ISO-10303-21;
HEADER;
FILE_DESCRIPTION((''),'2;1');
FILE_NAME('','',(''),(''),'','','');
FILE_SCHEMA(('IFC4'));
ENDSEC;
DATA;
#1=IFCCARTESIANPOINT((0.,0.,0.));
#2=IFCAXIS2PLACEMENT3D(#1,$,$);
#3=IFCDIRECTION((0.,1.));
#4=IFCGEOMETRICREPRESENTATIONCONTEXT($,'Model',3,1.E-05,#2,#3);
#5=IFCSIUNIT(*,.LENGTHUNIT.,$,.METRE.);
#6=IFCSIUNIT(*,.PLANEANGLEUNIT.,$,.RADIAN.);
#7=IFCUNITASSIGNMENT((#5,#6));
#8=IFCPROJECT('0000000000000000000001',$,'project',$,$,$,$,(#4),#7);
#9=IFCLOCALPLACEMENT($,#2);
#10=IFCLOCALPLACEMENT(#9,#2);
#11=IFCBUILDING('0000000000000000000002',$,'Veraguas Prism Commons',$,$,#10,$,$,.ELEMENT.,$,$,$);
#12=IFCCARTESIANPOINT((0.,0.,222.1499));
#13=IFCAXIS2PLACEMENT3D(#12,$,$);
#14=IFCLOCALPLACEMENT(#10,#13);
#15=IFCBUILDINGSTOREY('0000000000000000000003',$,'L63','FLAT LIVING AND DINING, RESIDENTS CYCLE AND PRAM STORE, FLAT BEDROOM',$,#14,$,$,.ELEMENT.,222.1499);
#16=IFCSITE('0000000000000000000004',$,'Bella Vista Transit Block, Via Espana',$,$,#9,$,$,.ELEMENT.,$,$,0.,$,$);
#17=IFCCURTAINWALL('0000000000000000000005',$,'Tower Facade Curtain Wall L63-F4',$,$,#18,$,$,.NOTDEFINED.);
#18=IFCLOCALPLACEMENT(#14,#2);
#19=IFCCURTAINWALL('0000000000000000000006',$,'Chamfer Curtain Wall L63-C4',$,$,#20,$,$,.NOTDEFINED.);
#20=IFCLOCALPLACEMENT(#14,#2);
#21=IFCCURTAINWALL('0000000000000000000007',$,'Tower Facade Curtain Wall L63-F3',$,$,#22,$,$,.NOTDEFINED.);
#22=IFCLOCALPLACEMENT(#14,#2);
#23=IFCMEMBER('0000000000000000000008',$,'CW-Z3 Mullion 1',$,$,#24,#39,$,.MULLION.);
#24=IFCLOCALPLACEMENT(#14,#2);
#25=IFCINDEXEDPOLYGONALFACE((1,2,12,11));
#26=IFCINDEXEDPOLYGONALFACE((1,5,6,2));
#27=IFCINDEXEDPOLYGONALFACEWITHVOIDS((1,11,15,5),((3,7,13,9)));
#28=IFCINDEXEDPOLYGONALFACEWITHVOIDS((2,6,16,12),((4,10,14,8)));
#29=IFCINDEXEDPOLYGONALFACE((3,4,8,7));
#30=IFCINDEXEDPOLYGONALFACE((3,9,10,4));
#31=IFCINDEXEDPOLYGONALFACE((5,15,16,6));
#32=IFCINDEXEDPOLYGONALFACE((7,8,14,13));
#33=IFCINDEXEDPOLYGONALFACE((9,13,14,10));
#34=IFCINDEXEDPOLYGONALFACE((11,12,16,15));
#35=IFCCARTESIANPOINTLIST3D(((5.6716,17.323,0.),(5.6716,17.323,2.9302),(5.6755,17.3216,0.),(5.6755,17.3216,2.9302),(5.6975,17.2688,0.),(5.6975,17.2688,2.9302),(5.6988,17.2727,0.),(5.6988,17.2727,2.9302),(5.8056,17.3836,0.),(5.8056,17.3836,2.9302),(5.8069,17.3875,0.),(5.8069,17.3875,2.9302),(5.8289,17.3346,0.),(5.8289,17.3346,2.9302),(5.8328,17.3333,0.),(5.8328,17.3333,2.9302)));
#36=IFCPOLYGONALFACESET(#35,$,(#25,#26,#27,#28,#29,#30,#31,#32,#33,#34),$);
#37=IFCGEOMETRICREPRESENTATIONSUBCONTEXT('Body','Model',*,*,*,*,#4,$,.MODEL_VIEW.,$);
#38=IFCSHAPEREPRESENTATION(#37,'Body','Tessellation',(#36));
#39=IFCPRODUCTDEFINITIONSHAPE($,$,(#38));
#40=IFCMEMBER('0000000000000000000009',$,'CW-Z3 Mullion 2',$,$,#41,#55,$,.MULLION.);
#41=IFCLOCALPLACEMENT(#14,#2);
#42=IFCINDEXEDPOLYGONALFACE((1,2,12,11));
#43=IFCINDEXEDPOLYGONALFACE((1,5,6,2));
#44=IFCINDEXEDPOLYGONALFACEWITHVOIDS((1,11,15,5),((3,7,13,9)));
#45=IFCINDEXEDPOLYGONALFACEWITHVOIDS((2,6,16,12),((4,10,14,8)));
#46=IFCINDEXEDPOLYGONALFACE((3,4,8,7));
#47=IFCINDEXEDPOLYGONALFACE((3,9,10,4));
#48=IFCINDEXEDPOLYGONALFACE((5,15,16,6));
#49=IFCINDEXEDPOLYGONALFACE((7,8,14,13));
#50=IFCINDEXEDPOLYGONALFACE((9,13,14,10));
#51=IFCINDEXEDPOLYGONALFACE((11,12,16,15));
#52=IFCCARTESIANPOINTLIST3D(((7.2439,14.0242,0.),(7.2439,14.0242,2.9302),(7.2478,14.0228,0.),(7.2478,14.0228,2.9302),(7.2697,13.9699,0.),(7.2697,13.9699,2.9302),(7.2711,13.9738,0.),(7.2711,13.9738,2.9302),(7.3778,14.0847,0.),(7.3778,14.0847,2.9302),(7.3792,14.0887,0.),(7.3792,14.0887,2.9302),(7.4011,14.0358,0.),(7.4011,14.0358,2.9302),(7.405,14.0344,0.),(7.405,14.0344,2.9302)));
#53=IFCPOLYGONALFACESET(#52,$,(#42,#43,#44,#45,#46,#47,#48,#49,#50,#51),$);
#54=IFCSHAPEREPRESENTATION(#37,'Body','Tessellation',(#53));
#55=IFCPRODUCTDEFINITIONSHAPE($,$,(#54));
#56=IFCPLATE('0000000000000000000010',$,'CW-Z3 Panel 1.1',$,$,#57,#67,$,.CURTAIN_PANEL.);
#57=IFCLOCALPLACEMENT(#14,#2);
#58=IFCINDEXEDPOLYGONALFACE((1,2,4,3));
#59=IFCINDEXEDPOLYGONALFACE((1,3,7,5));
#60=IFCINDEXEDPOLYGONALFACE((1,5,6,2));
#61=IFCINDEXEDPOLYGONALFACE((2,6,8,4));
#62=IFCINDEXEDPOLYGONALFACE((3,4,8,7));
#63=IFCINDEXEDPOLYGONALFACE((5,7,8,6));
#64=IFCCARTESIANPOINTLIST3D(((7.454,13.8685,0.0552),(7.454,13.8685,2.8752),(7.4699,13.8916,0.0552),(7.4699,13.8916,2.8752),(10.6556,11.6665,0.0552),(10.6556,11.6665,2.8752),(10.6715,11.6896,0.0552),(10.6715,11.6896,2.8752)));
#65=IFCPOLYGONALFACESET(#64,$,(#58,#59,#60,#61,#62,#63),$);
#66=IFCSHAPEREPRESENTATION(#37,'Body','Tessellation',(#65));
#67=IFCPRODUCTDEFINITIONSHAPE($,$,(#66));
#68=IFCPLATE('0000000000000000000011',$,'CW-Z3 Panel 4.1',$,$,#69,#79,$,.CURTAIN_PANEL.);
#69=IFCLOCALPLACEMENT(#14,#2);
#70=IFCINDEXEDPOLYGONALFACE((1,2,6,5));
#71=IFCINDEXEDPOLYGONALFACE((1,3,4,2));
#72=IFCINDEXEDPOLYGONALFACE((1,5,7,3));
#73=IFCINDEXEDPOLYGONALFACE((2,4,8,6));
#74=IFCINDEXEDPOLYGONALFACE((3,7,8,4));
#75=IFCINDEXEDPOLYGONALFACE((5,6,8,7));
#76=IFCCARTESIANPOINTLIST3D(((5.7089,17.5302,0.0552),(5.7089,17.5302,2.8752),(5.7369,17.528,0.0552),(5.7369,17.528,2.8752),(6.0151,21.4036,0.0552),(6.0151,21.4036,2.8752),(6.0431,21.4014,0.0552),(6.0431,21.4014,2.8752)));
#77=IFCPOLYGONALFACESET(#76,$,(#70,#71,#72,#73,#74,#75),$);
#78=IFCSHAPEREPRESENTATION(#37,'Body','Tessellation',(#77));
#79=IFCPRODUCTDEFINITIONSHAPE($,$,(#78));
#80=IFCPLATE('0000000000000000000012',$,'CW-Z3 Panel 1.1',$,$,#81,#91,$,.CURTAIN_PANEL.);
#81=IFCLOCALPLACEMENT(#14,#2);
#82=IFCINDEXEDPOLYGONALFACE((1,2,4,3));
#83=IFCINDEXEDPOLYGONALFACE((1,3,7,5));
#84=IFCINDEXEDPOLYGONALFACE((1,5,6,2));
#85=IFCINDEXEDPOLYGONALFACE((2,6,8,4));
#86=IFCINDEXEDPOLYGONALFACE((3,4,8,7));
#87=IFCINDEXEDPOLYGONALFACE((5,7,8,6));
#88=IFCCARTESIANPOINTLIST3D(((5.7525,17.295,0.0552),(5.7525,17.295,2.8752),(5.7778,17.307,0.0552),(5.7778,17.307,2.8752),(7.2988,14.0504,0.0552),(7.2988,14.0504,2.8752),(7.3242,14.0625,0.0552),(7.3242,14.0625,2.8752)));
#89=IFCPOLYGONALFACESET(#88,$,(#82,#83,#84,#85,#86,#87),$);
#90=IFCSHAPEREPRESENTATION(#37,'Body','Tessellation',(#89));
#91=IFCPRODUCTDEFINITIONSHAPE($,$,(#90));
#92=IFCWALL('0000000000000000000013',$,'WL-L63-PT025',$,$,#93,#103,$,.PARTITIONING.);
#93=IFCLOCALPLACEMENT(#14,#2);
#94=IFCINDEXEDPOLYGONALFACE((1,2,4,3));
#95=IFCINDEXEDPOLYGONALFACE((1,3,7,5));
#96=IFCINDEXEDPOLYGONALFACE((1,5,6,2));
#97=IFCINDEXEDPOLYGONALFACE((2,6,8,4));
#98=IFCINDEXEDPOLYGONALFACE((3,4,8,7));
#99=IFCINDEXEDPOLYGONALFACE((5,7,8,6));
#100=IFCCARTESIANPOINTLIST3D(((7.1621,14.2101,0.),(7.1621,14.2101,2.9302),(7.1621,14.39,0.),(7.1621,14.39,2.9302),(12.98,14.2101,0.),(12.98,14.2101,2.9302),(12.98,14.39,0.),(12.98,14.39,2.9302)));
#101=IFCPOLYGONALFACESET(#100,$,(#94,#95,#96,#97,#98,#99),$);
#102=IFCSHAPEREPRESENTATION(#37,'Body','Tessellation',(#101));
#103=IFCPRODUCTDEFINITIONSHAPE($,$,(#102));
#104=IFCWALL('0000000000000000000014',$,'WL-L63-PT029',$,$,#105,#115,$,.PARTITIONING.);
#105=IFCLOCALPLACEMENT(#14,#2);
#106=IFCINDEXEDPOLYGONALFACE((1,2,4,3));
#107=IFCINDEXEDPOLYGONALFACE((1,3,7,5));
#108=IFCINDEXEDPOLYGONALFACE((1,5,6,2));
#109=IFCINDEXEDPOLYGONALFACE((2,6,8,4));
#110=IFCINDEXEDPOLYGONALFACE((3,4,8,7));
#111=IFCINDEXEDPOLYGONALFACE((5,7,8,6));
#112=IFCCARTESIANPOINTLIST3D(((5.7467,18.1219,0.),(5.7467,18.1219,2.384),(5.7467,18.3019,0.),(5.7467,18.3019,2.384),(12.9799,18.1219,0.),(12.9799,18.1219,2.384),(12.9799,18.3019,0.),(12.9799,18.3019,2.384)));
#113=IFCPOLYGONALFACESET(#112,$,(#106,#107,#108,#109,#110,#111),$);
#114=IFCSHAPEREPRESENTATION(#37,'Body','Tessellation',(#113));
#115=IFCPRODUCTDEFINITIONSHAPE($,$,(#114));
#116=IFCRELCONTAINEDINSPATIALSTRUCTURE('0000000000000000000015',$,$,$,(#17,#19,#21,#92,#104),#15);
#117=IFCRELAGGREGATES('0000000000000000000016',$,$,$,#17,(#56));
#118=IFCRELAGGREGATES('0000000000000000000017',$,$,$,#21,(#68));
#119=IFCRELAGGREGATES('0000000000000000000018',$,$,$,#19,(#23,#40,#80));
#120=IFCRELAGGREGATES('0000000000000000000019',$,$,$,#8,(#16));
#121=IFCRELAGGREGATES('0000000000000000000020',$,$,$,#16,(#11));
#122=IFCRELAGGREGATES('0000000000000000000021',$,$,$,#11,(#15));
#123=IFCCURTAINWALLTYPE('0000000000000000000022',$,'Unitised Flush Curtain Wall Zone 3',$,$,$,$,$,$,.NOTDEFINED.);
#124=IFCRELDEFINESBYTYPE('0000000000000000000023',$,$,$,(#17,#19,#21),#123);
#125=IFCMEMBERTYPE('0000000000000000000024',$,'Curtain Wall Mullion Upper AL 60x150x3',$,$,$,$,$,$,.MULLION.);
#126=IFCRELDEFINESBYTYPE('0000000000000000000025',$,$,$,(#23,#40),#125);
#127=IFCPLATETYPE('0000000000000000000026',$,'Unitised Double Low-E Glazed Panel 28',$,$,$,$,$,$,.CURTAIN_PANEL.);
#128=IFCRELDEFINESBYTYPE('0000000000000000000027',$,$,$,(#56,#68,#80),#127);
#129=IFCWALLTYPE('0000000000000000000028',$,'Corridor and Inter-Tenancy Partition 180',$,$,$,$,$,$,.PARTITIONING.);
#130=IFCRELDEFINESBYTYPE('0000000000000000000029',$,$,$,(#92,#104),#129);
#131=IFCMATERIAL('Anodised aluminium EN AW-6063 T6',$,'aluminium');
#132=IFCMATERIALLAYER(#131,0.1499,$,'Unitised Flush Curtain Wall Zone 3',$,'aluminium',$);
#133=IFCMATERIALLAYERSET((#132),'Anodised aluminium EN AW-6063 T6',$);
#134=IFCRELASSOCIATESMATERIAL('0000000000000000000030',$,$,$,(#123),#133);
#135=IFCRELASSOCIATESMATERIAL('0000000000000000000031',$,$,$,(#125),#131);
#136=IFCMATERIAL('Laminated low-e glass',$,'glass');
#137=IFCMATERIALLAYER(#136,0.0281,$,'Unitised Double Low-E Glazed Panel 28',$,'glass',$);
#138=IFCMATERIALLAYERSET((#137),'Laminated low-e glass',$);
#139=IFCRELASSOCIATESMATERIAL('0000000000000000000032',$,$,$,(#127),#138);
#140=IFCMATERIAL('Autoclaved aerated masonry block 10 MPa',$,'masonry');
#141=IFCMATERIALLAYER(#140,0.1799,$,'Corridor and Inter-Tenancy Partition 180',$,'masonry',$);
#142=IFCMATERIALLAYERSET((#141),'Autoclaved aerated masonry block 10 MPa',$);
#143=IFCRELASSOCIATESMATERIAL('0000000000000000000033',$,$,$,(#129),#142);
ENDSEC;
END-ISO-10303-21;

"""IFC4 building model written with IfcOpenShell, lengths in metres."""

from ifc_helpers import new_model, si_unit, direction, frame, frame_2d, origin, origin_2d, place, context, subcontext, project, spatial, rectangle, hollow_rectangle, extrude, source, transform, mapped, material, layer, layer_set, material_profile, profile_set, type_object, element, aggregate, save


model = new_model("IFC4")

# Units and contexts
model_context = context("Model", 3, precision=1e-05, world=origin(), true_north=direction((0.0, 1.0)))
body_context = subcontext(model_context, "Body", "Model", "MODEL_VIEW")
ifc_project = project(units=[si_unit("LENGTHUNIT", "METRE"), si_unit("PLANEANGLEUNIT", "RADIAN")], contexts=[model_context])

# Site, building, storey
site_placement = place(None, origin())
site = spatial("IfcSite", under=ifc_project, at=site_placement, Name="Bella Vista Transit Block, Via Espana", CompositionType="ELEMENT", RefElevation=0.0)
building_placement = place(site_placement, origin())
building = spatial("IfcBuilding", under=site, at=building_placement, Name="Veraguas Prism Commons", CompositionType="ELEMENT")
storey_placement = place(building_placement, frame((0.0, 0.0, 222.1499)))
storey = spatial("IfcBuildingStorey", under=building, at=storey_placement, Name="L63", Description="FLAT LIVING AND DINING, RESIDENTS CYCLE AND PRAM STORE, FLAT BEDROOM", CompositionType="ELEMENT", Elevation=222.1499)

# Curtain walls
ifc_material_1 = material(Name="Anodised aluminium EN AW-6063 T6", Category="aluminium")
ifc_layer_1 = layer(ifc_material_1, 0.1499, Name="Unitised Flush Curtain Wall Zone 3", Category="aluminium")
ifc_layer_set_1 = layer_set([ifc_layer_1], Name="Anodised aluminium EN AW-6063 T6")
curtain_wall_type = type_object("IfcCurtainWallType", Name="Unitised Flush Curtain Wall Zone 3", PredefinedType="NOTDEFINED", material=ifc_layer_set_1)
curtain_wall_1_placement = place(storey_placement, origin())
curtain_wall_1 = element("IfcCurtainWall", 1, at=curtain_wall_1_placement, inside=storey, type_object=curtain_wall_type, Name="Tower Facade Curtain Wall L63-F4", PredefinedType="NOTDEFINED")
curtain_wall_2_placement = place(storey_placement, origin())
curtain_wall_2 = element("IfcCurtainWall", 2, at=curtain_wall_2_placement, inside=storey, type_object=curtain_wall_type, Name="Chamfer Curtain Wall L63-C4", PredefinedType="NOTDEFINED")

# Curtain wall
curtain_wall_3_placement = place(storey_placement, origin())
curtain_wall_3 = element("IfcCurtainWall", 3, at=curtain_wall_3_placement, inside=storey, type_object=curtain_wall_type, Name="Tower Facade Curtain Wall L63-F3", PredefinedType="NOTDEFINED")
ifc_material_profile_1 = material_profile(ifc_material_1, hollow_rectangle(XDim=0.0601, YDim=0.1499, WallThickness=0.0029, at=origin_2d()), Name="AL60X150X3")
ifc_profile_set_1 = profile_set([ifc_material_profile_1], Name="Anodised aluminium EN AW-6063 T6")
member_type_1 = type_object("IfcMemberType", Name="Curtain Wall Mullion Upper AL 60x150x3", PredefinedType="MULLION", material=ifc_profile_set_1)
shared_shape_1 = source(origin(), body_context, "Body", "SweptSolid", [
    extrude(hollow_rectangle(XDim=0.0601, YDim=0.1499, WallThickness=0.0029, at=origin_2d()), origin(), (0.0, 0.0, 1.0), 2.9302),
])

# Members
member_1_placement = place(storey_placement, frame((5.7522, 17.3281, 0.0), z_axis=(0.0, 0.0, 1.0), x_axis=(0.430226, -0.902721, 0.0)))
member_1 = element("IfcMember", 4, at=member_1_placement, type_object=member_type_1, Name="CW-Z3 Mullion 1", PredefinedType="MULLION", context=body_context, shape_type="MappedRepresentation", body=[
    mapped(shared_shape_1, transform((0.0, 0.0, 0.0), scale=1.0)),
])
member_2_placement = place(storey_placement, frame((7.3245, 14.0293, 0.0), z_axis=(0.0, 0.0, 1.0), x_axis=(0.430226, -0.902721, 0.0)))
member_2 = element("IfcMember", 5, at=member_2_placement, type_object=member_type_1, Name="CW-Z3 Mullion 2", PredefinedType="MULLION", context=body_context, shape_type="MappedRepresentation", body=[
    mapped(shared_shape_1, transform((0.0, 0.0, 0.0), scale=1.0)),
])

# Plates
ifc_material_2 = material(Name="Laminated low-e glass", Category="glass")
ifc_layer_2 = layer(ifc_material_2, 0.0281, Name="Unitised Double Low-E Glazed Panel 28", Category="glass")
ifc_layer_set_2 = layer_set([ifc_layer_2], Name="Laminated low-e glass")
plate_type = type_object("IfcPlateType", Name="Unitised Double Low-E Glazed Panel 28", PredefinedType="CURTAIN_PANEL", material=ifc_layer_set_2)
shared_shape_2 = source(origin(), body_context, "Body", "SweptSolid", [
    extrude(rectangle(XDim=3.8857, YDim=0.0281, at=origin_2d()), origin(), (0.0, 0.0, 1.0), 2.8201),
])
plate_1_placement = place(storey_placement, frame((9.0627, 12.7791, 0.0552), z_axis=(0.0, 0.0, 1.0), x_axis=(0.823926, -0.566697, 0.0)))
plate_1 = element("IfcPlate", 6, at=plate_1_placement, type_object=plate_type, Name="CW-Z3 Panel 1.1", PredefinedType="CURTAIN_PANEL", context=body_context, shape_type="MappedRepresentation", body=[
    mapped(shared_shape_2, transform((0.0, 0.0, 0.0), scale=1.0)),
])
aggregate(curtain_wall_1, [plate_1])
shared_shape_3 = source(origin(), body_context, "Body", "SweptSolid", [
    extrude(rectangle(XDim=3.8855, YDim=0.0281, at=origin_2d()), origin(), (0.0, 0.0, 1.0), 2.8201),
])
plate_2_placement = place(storey_placement, frame((5.876, 19.4658, 0.0552), z_axis=(0.0, 0.0, 1.0), x_axis=(-0.078812, -0.996889, 0.0)))
plate_2 = element("IfcPlate", 7, at=plate_2_placement, type_object=plate_type, Name="CW-Z3 Panel 4.1", PredefinedType="CURTAIN_PANEL", context=body_context, shape_type="MappedRepresentation", body=[
    mapped(shared_shape_3, transform((0.0, 0.0, 0.0), scale=1.0)),
])
aggregate(curtain_wall_3, [plate_2])
shared_shape_4 = source(origin(), body_context, "Body", "SweptSolid", [
    extrude(rectangle(XDim=3.5942, YDim=0.0281, at=origin_2d()), origin(), (0.0, 0.0, 1.0), 2.8201),
])
plate_3_placement = place(storey_placement, frame((6.5383, 15.6787, 0.0552), z_axis=(0.0, 0.0, 1.0), x_axis=(0.430226, -0.902721, 0.0)))
plate_3 = element("IfcPlate", 8, at=plate_3_placement, type_object=plate_type, Name="CW-Z3 Panel 1.1", PredefinedType="CURTAIN_PANEL", context=body_context, shape_type="MappedRepresentation", body=[
    mapped(shared_shape_4, transform((0.0, 0.0, 0.0), scale=1.0)),
])
aggregate(curtain_wall_2, [member_1, member_2, plate_3])

# Walls
ifc_material_3 = material(Name="Autoclaved aerated masonry block 10 MPa", Category="masonry")
ifc_layer_3 = layer(ifc_material_3, 0.1799, Name="Corridor and Inter-Tenancy Partition 180", Category="masonry")
ifc_layer_set_3 = layer_set([ifc_layer_3], Name="Autoclaved aerated masonry block 10 MPa")
wall_type = type_object("IfcWallType", Name="Corridor and Inter-Tenancy Partition 180", PredefinedType="PARTITIONING", material=ifc_layer_set_3)
wall_1_placement = place(storey_placement, frame((12.98, 14.3, 0.0), z_axis=(0.0, 0.0, 1.0), x_axis=(-1.0, 0.0, 0.0)))
element("IfcWall", 9, at=wall_1_placement, inside=storey, type_object=wall_type, Name="WL-L63-PT025", PredefinedType="PARTITIONING", context=body_context, shape_type="SweptSolid", body=[
    extrude(rectangle(XDim=5.8179, YDim=0.1799, at=frame_2d((2.9089, 0.0))), origin(), (0.0, 0.0, 1.0), 2.9302),
])
wall_2_placement = place(storey_placement, frame((12.98, 18.2119, 0.0), z_axis=(0.0, 0.0, 1.0), x_axis=(-1.0, 0.0, 0.0)))
element("IfcWall", 10, at=wall_2_placement, inside=storey, type_object=wall_type, Name="WL-L63-PT029", PredefinedType="PARTITIONING", context=body_context, shape_type="SweptSolid", body=[
    extrude(rectangle(XDim=7.2332, YDim=0.1799, at=frame_2d((3.6167, 0.0))), origin(), (0.0, 0.0, 1.0), 2.384),
])

save(model, "model.ifc")
